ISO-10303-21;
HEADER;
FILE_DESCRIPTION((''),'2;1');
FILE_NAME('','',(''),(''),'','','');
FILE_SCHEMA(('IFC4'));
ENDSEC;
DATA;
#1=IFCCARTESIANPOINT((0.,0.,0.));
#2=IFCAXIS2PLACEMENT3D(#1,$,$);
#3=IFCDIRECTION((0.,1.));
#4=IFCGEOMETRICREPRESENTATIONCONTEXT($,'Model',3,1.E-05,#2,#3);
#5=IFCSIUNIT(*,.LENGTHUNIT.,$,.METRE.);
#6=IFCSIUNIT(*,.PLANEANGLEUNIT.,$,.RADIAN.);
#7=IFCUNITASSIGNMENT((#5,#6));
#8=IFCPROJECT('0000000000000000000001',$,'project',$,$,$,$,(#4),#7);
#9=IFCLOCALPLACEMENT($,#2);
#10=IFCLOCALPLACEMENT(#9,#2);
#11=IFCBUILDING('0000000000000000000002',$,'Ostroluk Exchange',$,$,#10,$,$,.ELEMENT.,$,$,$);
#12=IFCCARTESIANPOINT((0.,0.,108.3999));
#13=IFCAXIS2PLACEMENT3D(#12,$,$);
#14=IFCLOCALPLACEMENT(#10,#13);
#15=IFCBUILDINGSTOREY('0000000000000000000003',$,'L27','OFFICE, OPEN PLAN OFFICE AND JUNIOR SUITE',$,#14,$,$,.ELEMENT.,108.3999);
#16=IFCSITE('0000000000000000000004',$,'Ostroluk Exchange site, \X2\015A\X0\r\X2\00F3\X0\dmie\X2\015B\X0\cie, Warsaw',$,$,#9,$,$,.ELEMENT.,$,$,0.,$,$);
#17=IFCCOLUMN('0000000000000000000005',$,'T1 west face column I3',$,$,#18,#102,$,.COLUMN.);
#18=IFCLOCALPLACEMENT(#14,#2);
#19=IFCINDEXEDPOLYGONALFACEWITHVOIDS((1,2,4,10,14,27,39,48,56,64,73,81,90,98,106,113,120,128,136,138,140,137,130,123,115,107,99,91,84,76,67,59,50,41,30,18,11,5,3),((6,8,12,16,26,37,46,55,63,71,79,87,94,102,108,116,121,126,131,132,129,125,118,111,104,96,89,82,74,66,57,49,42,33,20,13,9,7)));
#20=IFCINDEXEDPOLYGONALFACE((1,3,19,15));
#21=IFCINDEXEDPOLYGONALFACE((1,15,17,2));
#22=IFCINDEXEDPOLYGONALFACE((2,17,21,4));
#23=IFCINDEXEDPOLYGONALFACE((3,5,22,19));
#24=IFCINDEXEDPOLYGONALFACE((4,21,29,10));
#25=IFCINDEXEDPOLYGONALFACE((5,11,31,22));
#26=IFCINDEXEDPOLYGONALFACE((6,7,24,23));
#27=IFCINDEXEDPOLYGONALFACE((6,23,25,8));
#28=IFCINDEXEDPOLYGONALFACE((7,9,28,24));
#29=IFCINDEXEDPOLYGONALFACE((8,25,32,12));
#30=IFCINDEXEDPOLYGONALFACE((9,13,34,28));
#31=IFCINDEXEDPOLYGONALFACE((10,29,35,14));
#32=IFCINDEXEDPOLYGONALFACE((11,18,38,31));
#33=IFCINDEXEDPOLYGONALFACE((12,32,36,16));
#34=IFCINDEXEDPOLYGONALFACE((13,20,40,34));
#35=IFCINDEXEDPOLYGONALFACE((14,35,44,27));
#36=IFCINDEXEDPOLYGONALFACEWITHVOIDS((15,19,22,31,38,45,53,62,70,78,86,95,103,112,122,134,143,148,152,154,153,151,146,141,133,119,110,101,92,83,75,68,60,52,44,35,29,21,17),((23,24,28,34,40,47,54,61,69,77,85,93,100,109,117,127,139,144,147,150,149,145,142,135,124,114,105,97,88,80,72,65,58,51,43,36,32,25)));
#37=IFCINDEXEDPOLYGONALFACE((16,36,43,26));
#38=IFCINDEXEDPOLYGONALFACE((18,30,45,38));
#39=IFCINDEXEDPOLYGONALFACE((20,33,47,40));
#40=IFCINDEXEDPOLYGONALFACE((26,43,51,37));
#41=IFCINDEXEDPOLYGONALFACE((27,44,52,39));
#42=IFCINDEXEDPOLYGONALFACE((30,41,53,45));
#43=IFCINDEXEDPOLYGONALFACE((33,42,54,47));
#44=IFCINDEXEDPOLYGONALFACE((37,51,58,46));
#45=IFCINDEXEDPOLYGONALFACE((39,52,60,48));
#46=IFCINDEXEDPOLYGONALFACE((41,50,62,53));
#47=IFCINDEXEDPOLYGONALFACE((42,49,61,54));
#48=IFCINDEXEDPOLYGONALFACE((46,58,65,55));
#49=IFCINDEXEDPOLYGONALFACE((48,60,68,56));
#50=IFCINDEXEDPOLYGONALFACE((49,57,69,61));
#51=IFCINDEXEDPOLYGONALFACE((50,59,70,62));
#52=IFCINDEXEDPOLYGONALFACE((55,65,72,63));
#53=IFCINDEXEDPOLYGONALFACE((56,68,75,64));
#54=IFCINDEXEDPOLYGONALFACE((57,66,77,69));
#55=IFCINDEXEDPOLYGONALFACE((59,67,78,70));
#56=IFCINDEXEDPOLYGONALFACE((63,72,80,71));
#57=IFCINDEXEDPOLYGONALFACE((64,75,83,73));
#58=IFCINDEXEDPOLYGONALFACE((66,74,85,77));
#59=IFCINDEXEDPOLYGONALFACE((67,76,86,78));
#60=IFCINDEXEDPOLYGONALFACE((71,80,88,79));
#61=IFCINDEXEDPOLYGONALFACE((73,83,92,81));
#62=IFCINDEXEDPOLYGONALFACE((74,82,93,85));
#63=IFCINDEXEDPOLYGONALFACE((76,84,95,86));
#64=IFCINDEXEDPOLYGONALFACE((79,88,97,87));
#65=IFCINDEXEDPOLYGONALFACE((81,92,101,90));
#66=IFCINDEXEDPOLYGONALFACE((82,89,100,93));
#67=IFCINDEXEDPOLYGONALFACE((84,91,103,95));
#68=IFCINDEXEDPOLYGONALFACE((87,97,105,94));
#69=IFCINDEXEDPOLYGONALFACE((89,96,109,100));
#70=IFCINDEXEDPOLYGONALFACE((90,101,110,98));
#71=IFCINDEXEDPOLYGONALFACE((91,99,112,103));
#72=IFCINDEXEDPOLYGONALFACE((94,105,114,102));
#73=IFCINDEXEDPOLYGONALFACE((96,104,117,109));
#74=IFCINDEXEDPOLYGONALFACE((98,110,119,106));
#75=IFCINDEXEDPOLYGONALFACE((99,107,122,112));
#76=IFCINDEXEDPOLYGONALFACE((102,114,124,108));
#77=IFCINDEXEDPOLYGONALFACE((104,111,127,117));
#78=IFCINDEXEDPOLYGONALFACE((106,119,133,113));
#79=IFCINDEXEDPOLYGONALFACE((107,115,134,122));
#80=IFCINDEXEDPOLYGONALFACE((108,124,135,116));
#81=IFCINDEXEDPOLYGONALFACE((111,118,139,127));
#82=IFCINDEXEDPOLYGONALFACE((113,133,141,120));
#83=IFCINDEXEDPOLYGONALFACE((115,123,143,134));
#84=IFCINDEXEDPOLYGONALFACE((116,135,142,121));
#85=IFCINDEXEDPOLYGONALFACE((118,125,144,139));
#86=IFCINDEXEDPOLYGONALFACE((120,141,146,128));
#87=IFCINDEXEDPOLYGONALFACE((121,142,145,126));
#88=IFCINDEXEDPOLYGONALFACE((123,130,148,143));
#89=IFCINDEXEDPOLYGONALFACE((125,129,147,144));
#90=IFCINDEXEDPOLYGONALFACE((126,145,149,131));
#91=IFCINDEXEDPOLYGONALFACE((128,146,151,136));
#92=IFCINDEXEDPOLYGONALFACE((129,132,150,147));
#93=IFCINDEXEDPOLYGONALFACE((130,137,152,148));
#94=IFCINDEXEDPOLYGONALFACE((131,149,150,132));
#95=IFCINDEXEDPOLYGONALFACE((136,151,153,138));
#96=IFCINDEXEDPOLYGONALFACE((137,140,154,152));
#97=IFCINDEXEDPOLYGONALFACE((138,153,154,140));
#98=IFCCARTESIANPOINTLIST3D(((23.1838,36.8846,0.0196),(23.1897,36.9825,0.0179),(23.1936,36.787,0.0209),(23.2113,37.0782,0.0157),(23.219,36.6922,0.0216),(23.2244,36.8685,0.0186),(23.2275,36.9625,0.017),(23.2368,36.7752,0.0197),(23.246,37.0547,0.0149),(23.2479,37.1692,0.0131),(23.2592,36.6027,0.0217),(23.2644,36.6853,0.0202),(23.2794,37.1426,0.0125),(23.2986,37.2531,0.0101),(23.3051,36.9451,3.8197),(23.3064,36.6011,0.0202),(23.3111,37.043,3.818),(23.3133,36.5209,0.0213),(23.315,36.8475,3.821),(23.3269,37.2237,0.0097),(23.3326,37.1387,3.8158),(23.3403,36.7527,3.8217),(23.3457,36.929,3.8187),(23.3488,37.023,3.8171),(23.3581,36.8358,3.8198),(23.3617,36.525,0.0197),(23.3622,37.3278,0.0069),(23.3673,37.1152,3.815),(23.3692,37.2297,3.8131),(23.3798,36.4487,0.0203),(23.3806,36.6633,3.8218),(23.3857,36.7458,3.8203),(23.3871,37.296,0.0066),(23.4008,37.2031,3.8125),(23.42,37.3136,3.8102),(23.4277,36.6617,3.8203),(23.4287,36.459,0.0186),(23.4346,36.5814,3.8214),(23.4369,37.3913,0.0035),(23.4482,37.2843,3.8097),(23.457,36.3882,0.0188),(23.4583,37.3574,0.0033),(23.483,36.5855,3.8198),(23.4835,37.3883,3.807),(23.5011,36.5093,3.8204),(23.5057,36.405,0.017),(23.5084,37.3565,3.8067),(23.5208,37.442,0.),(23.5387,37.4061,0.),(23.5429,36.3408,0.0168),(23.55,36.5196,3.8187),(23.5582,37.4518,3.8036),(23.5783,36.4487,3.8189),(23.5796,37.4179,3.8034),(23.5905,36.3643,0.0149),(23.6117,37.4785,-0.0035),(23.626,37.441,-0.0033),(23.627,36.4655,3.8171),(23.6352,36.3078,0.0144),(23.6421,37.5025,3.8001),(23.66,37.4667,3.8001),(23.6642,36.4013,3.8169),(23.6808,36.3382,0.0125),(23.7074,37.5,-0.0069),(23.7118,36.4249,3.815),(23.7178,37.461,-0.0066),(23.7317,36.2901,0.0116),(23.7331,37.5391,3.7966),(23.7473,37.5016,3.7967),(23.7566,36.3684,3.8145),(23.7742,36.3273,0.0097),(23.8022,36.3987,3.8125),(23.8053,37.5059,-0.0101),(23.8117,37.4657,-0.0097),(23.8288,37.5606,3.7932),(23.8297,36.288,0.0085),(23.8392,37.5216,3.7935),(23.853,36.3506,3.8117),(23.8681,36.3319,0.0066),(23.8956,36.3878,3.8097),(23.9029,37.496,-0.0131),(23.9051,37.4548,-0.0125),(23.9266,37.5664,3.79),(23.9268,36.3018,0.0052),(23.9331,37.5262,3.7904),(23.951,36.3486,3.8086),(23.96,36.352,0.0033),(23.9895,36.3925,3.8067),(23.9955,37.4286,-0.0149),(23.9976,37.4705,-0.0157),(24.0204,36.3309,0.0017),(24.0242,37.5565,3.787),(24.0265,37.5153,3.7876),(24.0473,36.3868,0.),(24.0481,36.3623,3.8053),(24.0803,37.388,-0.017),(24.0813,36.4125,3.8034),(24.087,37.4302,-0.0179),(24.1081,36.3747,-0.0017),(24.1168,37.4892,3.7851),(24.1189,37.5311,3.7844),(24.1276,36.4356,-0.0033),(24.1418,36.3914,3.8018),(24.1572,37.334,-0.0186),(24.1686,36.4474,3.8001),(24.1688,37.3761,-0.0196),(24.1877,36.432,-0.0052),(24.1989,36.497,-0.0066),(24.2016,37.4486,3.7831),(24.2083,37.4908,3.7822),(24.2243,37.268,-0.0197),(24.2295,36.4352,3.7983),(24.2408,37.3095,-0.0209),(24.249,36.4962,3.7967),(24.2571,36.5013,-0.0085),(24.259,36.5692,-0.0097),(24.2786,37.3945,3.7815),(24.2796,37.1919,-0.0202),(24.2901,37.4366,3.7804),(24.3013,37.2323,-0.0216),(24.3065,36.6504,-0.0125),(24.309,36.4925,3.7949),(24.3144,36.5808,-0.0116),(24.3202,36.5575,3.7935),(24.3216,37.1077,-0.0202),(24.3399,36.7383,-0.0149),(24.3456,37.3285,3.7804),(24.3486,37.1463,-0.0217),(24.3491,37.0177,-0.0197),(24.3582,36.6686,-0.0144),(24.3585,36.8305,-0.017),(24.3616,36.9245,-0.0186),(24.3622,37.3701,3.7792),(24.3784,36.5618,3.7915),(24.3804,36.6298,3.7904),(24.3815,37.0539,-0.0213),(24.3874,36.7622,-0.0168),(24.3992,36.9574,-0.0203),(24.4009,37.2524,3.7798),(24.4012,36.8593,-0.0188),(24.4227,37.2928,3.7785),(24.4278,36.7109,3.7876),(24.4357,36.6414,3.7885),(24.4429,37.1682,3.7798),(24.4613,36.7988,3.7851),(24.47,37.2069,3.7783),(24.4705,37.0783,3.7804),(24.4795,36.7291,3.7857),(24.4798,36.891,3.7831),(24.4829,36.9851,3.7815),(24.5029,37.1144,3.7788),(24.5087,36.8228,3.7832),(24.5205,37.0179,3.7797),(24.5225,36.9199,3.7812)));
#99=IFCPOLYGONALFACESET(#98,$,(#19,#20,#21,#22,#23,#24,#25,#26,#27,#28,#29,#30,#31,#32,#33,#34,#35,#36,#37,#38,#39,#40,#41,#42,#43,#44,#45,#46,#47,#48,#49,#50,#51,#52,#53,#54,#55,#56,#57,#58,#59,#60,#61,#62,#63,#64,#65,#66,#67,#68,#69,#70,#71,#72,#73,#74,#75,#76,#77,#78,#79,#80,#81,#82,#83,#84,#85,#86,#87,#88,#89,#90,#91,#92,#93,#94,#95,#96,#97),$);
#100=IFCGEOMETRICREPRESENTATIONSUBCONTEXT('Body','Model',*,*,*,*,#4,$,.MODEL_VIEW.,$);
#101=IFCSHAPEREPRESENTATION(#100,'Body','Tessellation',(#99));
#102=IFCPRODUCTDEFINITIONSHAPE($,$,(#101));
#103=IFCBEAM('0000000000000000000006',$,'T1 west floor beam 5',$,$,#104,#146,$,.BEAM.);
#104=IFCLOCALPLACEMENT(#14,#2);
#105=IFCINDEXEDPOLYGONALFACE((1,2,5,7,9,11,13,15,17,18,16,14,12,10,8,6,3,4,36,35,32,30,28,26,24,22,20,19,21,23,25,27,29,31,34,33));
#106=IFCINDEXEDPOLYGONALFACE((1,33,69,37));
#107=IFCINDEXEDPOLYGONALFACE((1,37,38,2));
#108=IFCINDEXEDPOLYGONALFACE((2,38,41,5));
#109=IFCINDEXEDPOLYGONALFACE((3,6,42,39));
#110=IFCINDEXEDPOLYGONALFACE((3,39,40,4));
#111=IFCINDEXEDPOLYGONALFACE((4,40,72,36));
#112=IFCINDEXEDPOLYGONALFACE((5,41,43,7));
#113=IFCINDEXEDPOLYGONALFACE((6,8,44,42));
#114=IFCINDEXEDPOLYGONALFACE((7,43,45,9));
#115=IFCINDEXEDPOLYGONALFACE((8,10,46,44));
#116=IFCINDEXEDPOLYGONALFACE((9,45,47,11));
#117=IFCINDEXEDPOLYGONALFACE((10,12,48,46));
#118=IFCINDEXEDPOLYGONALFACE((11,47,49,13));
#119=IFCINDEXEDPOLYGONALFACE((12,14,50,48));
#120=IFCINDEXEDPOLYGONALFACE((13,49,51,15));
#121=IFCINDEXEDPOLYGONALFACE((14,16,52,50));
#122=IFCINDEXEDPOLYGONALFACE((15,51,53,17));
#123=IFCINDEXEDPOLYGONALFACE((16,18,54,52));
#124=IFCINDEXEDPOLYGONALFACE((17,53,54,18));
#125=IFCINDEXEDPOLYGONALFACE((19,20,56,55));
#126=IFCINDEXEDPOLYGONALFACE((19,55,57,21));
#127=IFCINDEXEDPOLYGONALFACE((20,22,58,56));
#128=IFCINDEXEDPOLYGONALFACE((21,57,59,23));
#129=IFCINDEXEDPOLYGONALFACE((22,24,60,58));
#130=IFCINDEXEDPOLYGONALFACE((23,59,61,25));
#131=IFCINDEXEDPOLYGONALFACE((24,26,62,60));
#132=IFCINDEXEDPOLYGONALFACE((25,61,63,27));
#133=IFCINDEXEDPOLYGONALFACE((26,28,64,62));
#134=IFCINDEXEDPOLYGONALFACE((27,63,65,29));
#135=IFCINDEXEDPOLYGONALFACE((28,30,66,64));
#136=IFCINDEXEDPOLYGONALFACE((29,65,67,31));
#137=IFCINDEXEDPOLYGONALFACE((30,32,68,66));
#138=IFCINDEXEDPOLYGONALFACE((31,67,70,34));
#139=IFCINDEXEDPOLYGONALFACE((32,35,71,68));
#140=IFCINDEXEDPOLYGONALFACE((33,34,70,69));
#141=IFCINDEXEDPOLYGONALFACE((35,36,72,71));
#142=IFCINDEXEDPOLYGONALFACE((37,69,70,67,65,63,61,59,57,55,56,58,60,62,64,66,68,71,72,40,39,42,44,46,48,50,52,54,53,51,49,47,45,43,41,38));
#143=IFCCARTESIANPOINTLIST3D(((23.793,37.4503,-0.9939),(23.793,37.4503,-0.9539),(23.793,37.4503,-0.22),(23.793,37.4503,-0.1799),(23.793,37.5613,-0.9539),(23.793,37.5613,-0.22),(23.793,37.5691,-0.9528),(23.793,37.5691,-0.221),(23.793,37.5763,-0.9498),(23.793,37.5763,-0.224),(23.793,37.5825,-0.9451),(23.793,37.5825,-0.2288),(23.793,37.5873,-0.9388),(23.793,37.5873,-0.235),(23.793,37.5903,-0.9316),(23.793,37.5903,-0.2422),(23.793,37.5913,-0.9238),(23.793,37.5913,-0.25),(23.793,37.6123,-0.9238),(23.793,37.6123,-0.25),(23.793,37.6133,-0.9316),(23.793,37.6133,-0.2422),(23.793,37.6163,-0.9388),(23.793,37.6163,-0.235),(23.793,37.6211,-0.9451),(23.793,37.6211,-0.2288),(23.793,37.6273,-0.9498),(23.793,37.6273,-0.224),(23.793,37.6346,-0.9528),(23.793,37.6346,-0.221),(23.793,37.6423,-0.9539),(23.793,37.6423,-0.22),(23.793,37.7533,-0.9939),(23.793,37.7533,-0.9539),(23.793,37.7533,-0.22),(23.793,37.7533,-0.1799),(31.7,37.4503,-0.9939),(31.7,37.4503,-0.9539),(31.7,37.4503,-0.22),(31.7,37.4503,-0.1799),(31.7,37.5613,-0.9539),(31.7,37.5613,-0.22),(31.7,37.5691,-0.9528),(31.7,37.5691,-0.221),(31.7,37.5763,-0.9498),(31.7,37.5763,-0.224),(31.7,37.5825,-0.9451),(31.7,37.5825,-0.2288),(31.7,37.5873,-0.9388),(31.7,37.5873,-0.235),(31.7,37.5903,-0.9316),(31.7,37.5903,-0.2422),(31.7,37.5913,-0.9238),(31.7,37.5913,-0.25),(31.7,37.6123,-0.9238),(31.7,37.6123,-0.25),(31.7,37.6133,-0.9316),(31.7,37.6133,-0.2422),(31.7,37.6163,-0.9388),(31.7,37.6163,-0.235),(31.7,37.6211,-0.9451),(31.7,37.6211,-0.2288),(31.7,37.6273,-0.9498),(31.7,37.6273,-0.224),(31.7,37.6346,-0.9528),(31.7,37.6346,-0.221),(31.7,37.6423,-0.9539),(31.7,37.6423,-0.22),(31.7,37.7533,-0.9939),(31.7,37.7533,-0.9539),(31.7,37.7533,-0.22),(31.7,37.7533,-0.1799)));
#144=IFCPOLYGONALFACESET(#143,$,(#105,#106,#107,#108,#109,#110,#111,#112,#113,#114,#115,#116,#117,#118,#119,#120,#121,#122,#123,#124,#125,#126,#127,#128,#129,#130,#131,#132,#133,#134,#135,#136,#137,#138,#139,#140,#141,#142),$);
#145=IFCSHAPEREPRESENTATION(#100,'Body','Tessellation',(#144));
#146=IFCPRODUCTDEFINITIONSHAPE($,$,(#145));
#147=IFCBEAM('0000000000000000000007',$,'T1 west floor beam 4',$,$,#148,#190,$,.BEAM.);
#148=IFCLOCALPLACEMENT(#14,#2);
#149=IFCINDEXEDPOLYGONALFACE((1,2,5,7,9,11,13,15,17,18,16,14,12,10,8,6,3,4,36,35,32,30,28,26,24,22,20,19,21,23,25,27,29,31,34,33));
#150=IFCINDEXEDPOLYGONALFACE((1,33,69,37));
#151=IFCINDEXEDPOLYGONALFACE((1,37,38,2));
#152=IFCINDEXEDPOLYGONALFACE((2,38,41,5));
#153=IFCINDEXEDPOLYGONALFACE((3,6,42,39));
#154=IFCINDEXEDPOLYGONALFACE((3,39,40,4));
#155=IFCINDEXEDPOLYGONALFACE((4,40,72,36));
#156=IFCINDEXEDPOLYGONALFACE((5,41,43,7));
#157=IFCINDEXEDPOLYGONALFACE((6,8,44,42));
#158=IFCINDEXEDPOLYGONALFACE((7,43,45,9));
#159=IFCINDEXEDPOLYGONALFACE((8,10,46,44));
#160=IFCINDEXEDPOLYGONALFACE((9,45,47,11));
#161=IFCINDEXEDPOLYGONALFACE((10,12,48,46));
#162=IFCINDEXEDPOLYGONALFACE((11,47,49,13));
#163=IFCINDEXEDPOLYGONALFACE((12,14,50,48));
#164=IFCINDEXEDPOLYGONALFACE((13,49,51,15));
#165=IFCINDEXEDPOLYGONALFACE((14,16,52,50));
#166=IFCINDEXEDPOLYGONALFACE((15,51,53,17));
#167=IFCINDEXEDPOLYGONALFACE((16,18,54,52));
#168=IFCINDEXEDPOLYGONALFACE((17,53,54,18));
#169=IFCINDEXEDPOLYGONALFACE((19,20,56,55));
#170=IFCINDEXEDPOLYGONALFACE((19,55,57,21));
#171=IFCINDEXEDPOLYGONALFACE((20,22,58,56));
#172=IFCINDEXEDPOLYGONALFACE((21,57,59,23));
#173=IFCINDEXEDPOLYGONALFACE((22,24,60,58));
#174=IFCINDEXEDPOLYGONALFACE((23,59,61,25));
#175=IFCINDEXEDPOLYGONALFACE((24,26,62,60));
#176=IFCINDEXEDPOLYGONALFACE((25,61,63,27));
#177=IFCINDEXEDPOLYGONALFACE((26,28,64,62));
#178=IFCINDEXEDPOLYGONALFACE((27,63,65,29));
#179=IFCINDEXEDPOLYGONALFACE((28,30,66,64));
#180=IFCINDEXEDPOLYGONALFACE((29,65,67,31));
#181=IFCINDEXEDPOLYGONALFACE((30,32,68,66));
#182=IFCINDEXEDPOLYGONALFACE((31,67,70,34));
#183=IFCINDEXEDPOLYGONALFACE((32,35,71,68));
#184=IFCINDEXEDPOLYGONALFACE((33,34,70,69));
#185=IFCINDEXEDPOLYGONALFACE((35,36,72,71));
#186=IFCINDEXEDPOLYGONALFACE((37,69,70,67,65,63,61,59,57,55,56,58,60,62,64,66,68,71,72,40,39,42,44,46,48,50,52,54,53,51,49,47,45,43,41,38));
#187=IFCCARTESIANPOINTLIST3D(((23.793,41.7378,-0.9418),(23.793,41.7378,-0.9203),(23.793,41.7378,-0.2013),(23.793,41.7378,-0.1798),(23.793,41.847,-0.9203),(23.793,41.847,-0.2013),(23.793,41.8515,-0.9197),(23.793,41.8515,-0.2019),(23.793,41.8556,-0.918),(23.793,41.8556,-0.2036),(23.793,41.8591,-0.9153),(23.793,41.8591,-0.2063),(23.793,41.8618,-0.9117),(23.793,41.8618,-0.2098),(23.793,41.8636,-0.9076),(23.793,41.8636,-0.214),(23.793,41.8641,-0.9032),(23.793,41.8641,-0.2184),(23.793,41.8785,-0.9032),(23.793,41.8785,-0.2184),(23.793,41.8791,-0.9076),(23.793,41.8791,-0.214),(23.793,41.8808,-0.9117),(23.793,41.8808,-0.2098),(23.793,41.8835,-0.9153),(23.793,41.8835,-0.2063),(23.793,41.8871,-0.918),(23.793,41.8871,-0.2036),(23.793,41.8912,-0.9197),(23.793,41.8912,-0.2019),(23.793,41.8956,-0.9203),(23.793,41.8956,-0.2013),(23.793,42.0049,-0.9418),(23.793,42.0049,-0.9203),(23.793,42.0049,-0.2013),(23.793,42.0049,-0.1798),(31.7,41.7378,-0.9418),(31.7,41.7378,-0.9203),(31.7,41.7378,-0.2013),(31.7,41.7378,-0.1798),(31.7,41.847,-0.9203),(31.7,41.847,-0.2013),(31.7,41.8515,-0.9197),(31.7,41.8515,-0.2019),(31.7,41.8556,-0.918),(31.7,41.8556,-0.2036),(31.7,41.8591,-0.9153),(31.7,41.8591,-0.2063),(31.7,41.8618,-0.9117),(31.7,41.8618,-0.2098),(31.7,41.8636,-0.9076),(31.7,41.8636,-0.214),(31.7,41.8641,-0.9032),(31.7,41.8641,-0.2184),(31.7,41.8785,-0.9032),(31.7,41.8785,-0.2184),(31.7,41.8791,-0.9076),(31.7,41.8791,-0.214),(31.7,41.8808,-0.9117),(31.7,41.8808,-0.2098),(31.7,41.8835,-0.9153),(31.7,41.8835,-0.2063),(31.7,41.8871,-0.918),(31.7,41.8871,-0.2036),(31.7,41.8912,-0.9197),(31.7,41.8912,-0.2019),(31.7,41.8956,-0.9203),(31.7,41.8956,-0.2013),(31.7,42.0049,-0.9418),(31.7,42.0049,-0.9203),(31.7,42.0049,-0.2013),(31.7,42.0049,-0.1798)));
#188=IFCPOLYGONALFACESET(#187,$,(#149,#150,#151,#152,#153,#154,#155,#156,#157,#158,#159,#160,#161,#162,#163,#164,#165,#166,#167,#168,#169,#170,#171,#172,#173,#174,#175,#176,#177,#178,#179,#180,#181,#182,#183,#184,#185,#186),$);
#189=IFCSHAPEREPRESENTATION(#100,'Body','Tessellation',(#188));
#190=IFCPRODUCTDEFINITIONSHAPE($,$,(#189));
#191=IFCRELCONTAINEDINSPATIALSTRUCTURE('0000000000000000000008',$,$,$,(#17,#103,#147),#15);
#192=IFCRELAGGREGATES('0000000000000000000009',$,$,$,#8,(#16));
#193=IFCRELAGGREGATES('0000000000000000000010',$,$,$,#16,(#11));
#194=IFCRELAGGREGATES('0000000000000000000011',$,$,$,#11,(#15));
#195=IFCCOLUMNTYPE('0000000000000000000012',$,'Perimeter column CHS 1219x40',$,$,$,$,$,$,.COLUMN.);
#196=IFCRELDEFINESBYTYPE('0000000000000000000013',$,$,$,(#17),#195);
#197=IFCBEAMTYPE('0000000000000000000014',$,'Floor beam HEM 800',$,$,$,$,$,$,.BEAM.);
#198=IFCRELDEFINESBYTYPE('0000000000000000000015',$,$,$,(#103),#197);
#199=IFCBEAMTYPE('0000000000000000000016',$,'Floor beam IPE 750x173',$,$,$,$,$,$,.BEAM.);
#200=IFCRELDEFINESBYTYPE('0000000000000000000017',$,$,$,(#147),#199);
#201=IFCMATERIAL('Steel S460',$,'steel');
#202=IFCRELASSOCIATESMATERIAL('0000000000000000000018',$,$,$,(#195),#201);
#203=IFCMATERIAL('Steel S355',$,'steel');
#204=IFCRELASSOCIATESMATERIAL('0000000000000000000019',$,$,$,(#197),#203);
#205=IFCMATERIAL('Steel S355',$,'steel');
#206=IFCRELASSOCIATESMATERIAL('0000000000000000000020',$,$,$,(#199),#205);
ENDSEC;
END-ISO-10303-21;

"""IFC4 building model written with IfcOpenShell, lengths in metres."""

from ifc_helpers import new_model, si_unit, direction, frame, origin, origin_2d, place, context, subcontext, project, spatial, hollow_circle, i_section, extrude, material, material_profile, profile_set, type_object, element, save


model = new_model("IFC4")

# Units and contexts
model_context = context("Model", 3, precision=1e-05, world=origin(), true_north=direction((0.0, 1.0)))
body_context = subcontext(model_context, "Body", "Model", "MODEL_VIEW")
ifc_project = project(units=[si_unit("LENGTHUNIT", "METRE"), si_unit("PLANEANGLEUNIT", "RADIAN")], contexts=[model_context])

# Site, building, storey
site_placement = place(None, origin())
site = spatial("IfcSite", under=ifc_project, at=site_placement, Name="Ostroluk Exchange site, Śródmieście, Warsaw", CompositionType="ELEMENT", RefElevation=0.0)
building_placement = place(site_placement, origin())
building = spatial("IfcBuilding", under=site, at=building_placement, Name="Ostroluk Exchange", CompositionType="ELEMENT")
storey_placement = place(building_placement, frame((0.0, 0.0, 108.3999)))
storey = spatial("IfcBuildingStorey", under=building, at=storey_placement, Name="L27", Description="OFFICE, OPEN PLAN OFFICE AND JUNIOR SUITE", CompositionType="ELEMENT", Elevation=108.3999)

# Column
ifc_material_1 = material(Name="Steel S460", Category="steel")
ifc_material_profile_1 = material_profile(ifc_material_1, hollow_circle(Radius=0.6096, WallThickness=0.04, at=origin_2d()), Name="CHS 1219x40")
ifc_profile_set_1 = profile_set([ifc_material_profile_1], Name="Steel S460")
column_type = type_object("IfcColumnType", Name="Perimeter column CHS 1219x40", PredefinedType="COLUMN", material=ifc_profile_set_1)
column_placement = place(storey_placement, frame((23.793, 36.8965, 0.0), z_axis=(0.03191, 0.015923, 0.999364), x_axis=(-0.446493, 0.894787, 0.0)))
element("IfcColumn", 1, at=column_placement, inside=storey, type_object=column_type, Name="T1 west face column I3", PredefinedType="COLUMN", context=body_context, shape_type="SweptSolid", body=[
    extrude(hollow_circle(Radius=0.6096, WallThickness=0.04, at=origin_2d()), origin(), (0.0, 0.0, 1.0), 3.8025),
])

# Beams
ifc_material_2 = material(Name="Steel S355", Category="steel")
ifc_material_profile_2 = material_profile(ifc_material_2, i_section(OverallWidth=0.303, OverallDepth=0.814, WebThickness=0.021, FlangeThickness=0.04, FilletRadius=0.03, at=origin_2d()), Name="HEM 800")
ifc_profile_set_2 = profile_set([ifc_material_profile_2], Name="Steel S355")
beam_type_1 = type_object("IfcBeamType", Name="Floor beam HEM 800", PredefinedType="BEAM", material=ifc_profile_set_2)
beam_1_placement = place(storey_placement, frame((31.7, 37.6018, -0.5869), z_axis=(-1.0, 0.0, 0.0), x_axis=(0.0, -1.0, 0.0)))
element("IfcBeam", 2, at=beam_1_placement, inside=storey, type_object=beam_type_1, Name="T1 west floor beam 5", PredefinedType="BEAM", context=body_context, shape_type="SweptSolid", body=[
    extrude(i_section(OverallWidth=0.303, OverallDepth=0.814, WebThickness=0.021, FlangeThickness=0.04, FilletRadius=0.03, at=origin_2d()), origin(), (0.0, 0.0, 1.0), 7.907),
])
ifc_material_3 = material(Name="Steel S355", Category="steel")
ifc_material_profile_3 = material_profile(ifc_material_3, i_section(OverallWidth=0.2671, OverallDepth=0.762, WebThickness=0.0144, FlangeThickness=0.0215, FilletRadius=0.0171, at=origin_2d()), Name="IPE 750x173")
ifc_profile_set_3 = profile_set([ifc_material_profile_3], Name="Steel S355")
beam_type_2 = type_object("IfcBeamType", Name="Floor beam IPE 750x173", PredefinedType="BEAM", material=ifc_profile_set_3)
beam_2_placement = place(storey_placement, frame((31.7, 41.8713, -0.5608), z_axis=(-1.0, 0.0, 0.0), x_axis=(0.0, -1.0, 0.0)))
element("IfcBeam", 3, at=beam_2_placement, inside=storey, type_object=beam_type_2, Name="T1 west floor beam 4", PredefinedType="BEAM", context=body_context, shape_type="SweptSolid", body=[
    extrude(i_section(OverallWidth=0.2671, OverallDepth=0.762, WebThickness=0.0144, FlangeThickness=0.0215, FilletRadius=0.0171, at=origin_2d()), origin(), (0.0, 0.0, 1.0), 7.907),
])

save(model, "model.ifc")
